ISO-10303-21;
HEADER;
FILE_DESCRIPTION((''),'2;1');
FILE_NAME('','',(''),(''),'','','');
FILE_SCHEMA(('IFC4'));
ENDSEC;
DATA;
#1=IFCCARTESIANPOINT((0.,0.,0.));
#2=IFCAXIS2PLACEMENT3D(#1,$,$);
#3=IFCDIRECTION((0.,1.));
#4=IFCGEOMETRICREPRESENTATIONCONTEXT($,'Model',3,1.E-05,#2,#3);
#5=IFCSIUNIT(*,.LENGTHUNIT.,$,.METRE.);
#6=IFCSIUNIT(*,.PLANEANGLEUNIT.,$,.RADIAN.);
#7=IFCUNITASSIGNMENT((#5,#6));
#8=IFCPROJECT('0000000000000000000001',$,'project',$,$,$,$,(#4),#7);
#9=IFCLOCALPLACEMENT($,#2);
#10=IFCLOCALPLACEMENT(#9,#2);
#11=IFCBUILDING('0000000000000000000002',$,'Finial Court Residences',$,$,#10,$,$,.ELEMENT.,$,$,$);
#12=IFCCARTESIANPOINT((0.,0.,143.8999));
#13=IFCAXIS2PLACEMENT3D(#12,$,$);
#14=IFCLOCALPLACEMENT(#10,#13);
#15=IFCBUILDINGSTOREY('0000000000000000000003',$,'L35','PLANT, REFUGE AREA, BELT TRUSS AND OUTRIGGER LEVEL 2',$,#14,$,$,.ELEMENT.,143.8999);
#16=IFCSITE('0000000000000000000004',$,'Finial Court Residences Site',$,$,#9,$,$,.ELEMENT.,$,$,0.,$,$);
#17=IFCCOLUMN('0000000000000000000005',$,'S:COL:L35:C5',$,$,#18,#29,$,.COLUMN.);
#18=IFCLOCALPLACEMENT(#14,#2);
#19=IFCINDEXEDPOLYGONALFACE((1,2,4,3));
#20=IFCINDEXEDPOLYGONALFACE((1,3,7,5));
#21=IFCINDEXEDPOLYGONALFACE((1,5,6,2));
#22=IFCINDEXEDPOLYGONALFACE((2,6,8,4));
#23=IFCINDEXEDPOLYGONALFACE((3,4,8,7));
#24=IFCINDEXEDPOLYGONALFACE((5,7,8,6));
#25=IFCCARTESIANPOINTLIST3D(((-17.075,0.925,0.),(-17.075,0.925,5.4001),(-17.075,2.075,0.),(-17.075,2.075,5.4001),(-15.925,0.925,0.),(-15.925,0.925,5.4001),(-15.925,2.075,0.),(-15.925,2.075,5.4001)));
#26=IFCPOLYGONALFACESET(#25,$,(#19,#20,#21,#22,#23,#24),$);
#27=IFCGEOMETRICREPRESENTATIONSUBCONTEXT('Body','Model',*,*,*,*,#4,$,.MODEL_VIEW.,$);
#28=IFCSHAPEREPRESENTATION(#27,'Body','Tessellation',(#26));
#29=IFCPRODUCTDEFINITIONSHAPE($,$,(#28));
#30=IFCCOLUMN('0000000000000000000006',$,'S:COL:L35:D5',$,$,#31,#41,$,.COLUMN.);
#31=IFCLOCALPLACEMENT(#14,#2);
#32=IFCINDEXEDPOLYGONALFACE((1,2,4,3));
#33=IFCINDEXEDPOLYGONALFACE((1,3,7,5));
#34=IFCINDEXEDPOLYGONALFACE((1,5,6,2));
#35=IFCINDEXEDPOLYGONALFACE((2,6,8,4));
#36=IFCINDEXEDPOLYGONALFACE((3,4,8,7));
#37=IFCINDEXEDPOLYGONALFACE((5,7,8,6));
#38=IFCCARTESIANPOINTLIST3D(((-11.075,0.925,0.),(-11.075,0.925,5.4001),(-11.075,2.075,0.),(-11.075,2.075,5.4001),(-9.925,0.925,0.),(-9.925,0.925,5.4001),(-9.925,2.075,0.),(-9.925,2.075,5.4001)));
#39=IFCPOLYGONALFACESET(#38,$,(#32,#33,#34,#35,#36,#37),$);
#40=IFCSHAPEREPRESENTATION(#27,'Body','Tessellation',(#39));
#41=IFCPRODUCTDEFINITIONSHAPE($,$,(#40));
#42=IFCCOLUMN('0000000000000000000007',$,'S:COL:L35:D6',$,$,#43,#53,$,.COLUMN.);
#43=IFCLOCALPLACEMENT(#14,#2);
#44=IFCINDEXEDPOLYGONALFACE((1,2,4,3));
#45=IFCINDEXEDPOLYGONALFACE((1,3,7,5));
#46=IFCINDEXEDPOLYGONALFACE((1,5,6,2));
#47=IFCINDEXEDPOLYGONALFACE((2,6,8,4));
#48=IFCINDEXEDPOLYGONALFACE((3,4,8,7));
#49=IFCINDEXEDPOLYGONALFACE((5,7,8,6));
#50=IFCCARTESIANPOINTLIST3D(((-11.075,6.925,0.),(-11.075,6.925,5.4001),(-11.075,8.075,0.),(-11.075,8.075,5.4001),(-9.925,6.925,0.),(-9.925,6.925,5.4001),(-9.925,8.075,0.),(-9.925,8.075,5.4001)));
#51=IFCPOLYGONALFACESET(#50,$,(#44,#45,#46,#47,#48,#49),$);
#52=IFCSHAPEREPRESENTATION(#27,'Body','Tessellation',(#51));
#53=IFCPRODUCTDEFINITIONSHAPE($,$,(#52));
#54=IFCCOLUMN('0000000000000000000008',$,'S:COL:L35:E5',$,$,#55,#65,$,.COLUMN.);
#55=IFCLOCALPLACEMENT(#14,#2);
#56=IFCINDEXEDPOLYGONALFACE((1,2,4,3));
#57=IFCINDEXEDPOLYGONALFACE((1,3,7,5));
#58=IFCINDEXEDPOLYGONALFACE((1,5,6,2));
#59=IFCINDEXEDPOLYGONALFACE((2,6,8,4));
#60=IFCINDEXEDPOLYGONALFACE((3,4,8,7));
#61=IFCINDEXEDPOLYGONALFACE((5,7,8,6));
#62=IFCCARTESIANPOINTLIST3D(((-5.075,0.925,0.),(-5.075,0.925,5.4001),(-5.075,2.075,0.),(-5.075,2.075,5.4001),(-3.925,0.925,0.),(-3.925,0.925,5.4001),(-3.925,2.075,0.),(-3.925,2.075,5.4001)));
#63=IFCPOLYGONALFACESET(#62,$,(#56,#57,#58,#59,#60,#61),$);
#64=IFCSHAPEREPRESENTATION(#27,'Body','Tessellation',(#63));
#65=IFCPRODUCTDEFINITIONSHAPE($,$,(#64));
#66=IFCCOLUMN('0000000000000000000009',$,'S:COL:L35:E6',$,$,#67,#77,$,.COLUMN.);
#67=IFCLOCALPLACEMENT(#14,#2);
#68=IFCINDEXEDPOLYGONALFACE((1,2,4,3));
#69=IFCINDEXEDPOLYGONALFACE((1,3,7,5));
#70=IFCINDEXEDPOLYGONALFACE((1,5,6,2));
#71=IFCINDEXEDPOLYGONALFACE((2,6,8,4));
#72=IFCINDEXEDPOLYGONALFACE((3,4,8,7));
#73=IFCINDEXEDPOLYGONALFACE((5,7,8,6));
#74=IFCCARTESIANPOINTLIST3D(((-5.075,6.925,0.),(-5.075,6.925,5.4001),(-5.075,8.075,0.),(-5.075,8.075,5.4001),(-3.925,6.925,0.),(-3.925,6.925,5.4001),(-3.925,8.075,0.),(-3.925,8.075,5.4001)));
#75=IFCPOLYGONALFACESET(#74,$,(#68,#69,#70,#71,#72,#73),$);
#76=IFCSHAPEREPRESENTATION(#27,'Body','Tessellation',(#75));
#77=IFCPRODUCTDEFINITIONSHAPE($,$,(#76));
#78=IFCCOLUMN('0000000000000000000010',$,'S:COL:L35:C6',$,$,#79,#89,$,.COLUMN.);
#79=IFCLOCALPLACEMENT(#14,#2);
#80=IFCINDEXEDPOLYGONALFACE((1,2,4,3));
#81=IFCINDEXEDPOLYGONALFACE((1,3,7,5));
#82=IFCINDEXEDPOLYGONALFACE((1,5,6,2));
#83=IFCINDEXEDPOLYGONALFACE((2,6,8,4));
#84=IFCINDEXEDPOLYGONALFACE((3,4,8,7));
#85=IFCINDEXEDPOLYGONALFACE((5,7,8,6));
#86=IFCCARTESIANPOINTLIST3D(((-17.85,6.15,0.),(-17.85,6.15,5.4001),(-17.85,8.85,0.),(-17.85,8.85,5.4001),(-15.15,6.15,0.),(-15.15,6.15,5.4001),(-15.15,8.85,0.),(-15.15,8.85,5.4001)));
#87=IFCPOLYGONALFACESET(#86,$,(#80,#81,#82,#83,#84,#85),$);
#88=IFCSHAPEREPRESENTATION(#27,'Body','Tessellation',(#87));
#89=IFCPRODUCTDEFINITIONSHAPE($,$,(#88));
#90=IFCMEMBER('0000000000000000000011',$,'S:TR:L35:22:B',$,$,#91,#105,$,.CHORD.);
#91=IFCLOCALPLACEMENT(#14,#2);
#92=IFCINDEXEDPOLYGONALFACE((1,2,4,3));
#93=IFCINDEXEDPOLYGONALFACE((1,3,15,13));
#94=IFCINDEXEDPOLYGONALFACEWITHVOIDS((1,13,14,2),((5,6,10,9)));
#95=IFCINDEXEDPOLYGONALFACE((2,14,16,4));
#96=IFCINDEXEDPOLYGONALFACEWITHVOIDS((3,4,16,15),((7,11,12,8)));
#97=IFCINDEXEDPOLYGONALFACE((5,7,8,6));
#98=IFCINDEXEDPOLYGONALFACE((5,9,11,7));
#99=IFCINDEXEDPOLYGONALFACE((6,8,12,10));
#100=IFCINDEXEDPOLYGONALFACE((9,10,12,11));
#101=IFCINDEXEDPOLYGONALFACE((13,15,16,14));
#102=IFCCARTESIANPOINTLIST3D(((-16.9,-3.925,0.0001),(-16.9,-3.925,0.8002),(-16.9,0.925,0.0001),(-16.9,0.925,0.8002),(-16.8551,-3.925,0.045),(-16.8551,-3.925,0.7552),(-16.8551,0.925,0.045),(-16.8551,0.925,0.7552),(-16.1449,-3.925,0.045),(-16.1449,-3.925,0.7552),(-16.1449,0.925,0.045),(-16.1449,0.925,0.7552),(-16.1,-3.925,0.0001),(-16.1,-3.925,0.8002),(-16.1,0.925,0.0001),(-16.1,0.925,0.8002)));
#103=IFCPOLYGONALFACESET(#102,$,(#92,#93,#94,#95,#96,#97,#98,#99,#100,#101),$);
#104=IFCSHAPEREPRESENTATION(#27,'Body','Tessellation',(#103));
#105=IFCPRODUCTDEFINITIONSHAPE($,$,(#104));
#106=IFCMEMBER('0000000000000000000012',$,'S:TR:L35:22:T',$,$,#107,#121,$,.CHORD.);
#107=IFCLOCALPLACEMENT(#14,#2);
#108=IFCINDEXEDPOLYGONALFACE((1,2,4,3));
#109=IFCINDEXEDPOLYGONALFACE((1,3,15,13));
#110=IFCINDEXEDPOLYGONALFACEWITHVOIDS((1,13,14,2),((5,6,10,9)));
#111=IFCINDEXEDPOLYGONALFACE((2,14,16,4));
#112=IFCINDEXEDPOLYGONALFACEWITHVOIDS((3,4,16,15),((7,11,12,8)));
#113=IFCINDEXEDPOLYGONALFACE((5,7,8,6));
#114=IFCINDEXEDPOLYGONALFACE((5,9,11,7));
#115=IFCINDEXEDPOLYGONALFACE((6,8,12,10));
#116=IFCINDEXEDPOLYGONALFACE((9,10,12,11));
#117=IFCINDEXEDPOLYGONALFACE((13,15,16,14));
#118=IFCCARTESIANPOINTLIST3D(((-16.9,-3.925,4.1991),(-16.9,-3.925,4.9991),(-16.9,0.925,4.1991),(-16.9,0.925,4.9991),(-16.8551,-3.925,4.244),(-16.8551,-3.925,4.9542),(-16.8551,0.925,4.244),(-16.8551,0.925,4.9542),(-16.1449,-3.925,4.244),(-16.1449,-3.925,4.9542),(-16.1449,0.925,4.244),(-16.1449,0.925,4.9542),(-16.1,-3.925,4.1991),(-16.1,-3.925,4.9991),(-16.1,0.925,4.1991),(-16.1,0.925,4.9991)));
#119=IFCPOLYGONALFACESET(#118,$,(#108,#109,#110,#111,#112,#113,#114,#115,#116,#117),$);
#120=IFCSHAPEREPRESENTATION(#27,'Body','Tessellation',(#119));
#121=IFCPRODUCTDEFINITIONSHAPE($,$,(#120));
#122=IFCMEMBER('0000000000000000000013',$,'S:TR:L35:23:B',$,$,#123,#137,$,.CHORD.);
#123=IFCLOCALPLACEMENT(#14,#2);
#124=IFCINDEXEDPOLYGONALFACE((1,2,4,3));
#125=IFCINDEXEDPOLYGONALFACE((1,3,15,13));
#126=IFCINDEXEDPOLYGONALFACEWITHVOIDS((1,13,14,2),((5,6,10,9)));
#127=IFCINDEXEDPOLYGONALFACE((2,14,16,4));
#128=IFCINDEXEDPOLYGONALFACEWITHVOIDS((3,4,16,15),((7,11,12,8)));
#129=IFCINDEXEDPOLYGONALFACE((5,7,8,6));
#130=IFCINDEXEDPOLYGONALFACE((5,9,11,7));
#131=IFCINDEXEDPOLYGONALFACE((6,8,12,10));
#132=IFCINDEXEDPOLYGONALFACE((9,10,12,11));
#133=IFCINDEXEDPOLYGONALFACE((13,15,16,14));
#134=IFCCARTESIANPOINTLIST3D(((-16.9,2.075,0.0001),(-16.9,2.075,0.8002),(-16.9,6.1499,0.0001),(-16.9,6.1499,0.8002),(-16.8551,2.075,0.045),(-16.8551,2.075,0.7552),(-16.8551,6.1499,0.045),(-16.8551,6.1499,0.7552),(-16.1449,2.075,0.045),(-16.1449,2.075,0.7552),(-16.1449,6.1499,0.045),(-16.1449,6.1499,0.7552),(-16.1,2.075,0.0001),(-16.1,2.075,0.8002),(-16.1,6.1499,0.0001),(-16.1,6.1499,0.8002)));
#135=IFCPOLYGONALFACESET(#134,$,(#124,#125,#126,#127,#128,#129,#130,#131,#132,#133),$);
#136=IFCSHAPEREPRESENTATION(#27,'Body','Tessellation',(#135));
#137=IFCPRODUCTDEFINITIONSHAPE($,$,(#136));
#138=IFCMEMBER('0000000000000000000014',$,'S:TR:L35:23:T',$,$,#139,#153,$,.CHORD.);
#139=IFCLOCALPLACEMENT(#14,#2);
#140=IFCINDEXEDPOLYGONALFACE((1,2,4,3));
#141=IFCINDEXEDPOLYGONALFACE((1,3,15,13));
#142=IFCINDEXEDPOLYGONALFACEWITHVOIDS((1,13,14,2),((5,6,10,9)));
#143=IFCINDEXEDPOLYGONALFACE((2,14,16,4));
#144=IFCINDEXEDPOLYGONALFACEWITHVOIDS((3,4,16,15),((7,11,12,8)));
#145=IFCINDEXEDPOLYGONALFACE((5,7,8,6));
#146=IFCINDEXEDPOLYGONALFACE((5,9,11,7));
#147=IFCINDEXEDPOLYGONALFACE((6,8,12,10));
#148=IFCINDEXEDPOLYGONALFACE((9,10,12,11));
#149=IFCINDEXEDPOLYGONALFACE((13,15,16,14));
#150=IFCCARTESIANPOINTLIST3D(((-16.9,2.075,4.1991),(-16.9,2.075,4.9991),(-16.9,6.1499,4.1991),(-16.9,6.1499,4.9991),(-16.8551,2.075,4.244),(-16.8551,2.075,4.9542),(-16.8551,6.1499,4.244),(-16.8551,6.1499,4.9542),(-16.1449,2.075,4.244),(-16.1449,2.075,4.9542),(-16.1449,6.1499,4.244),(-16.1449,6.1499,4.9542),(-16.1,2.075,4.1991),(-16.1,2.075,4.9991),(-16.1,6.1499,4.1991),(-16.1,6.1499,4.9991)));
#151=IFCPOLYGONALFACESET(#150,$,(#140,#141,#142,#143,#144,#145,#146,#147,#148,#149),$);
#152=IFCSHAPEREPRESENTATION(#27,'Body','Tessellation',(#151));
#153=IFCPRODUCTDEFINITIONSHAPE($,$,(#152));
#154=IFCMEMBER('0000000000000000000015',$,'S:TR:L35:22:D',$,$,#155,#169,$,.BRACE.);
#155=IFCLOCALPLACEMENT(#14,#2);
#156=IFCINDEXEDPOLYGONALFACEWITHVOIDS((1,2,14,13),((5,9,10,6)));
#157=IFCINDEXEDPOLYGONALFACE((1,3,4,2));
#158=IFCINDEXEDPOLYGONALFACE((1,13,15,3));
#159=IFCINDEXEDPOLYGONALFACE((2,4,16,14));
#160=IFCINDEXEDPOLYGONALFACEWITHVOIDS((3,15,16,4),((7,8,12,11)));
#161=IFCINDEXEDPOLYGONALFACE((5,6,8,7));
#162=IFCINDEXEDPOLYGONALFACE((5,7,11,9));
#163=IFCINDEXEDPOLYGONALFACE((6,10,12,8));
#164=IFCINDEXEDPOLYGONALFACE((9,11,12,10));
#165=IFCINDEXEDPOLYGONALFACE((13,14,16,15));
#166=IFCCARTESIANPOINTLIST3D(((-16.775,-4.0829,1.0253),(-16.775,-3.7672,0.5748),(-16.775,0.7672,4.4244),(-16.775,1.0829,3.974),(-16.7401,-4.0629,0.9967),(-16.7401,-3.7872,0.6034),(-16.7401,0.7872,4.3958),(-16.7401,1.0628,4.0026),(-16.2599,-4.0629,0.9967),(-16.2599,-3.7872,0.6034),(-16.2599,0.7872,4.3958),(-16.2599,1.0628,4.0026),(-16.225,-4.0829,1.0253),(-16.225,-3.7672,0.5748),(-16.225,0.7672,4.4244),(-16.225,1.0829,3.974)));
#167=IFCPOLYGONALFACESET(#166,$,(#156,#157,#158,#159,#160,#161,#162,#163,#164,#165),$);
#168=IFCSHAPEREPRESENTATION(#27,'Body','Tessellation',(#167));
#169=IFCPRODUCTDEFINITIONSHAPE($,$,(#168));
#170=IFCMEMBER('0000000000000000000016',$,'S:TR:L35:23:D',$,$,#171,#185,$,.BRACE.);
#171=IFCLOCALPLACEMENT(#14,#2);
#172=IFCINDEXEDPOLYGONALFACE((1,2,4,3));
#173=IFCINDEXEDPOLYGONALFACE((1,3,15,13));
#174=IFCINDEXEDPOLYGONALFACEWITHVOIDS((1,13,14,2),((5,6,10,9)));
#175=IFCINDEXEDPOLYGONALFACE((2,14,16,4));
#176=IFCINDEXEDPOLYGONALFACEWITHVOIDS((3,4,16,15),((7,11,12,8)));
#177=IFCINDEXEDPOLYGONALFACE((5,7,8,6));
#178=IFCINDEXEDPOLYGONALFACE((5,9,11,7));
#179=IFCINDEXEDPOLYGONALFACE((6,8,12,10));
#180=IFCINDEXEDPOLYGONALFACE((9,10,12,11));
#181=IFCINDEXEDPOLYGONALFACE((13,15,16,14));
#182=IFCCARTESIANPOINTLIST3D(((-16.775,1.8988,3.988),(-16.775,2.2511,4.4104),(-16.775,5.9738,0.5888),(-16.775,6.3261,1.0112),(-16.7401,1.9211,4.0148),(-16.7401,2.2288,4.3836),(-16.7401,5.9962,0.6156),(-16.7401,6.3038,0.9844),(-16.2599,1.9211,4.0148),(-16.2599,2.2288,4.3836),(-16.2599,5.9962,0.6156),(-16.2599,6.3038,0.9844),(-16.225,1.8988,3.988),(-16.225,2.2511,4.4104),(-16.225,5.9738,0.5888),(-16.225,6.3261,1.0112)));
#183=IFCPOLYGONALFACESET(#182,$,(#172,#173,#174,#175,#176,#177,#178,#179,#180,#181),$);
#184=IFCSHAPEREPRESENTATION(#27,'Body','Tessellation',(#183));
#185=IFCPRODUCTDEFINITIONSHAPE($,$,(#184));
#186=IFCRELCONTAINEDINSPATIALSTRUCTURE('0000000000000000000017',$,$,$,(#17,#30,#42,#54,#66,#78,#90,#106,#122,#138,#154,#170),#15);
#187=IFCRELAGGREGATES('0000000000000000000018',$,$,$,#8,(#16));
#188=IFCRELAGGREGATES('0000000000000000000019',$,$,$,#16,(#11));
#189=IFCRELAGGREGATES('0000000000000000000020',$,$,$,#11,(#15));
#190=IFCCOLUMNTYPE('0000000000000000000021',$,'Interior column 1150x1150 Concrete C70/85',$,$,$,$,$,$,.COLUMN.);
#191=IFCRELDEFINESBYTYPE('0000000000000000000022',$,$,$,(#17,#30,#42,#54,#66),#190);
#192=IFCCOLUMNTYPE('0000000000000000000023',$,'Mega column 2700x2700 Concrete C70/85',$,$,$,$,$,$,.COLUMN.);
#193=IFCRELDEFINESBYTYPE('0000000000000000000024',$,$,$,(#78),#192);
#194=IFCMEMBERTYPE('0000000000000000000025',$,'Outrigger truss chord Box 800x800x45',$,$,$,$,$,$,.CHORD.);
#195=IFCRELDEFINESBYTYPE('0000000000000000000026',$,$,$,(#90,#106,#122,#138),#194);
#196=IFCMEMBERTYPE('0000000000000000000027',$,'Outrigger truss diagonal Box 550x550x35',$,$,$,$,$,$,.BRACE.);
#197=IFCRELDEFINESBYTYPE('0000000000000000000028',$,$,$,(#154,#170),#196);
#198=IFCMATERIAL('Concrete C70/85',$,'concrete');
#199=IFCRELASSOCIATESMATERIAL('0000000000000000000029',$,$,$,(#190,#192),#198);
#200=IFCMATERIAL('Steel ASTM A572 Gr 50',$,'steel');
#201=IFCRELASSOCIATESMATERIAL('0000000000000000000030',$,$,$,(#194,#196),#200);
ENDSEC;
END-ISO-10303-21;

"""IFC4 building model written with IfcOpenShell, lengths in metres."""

from ifc_helpers import new_model, si_unit, direction, frame, origin, origin_2d, place, context, subcontext, project, spatial, rectangle, hollow_rectangle, extrude, material, material_profile, profile_set, type_object, element, save


model = new_model("IFC4")

# Units and contexts
model_context = context("Model", 3, precision=1e-05, world=origin(), true_north=direction((0.0, 1.0)))
body_context = subcontext(model_context, "Body", "Model", "MODEL_VIEW")
ifc_project = project(units=[si_unit("LENGTHUNIT", "METRE"), si_unit("PLANEANGLEUNIT", "RADIAN")], contexts=[model_context])

# Site, building, storey
site_placement = place(None, origin())
site = spatial("IfcSite", under=ifc_project, at=site_placement, Name="Finial Court Residences Site", CompositionType="ELEMENT", RefElevation=0.0)
building_placement = place(site_placement, origin())
building = spatial("IfcBuilding", under=site, at=building_placement, Name="Finial Court Residences", CompositionType="ELEMENT")
storey_placement = place(building_placement, frame((0.0, 0.0, 143.8999)))
storey = spatial("IfcBuildingStorey", under=building, at=storey_placement, Name="L35", Description="PLANT, REFUGE AREA, BELT TRUSS AND OUTRIGGER LEVEL 2", CompositionType="ELEMENT", Elevation=143.8999)

# Columns
ifc_material_1 = material(Name="Concrete C70/85", Category="concrete")
ifc_material_profile_1 = material_profile(ifc_material_1, rectangle(XDim=1.1499, YDim=1.1499, at=origin_2d()), Name="1150x1150")
ifc_profile_set_1 = profile_set([ifc_material_profile_1], Name="Concrete C70/85")
column_type_1 = type_object("IfcColumnType", Name="Interior column 1150x1150 Concrete C70/85", PredefinedType="COLUMN", material=ifc_profile_set_1)
for number, where, z_axis, x_axis, name in (
    (1, (-16.5, 1.5, 0.0), (0.0, 0.0, 1.0), (1.0, 0.0, 0.0), "S:COL:L35:C5"),
    (2, (-10.5, 1.5, 0.0), (0.0, 0.0, 1.0), (1.0, 0.0, 0.0), "S:COL:L35:D5"),
    (3, (-10.5, 7.5, 0.0), (0.0, 0.0, 1.0), (1.0, 0.0, 0.0), "S:COL:L35:D6"),
    (4, (-4.5, 1.5, 0.0), (0.0, 0.0, 1.0), (1.0, 0.0, 0.0), "S:COL:L35:E5"),
    (5, (-4.5, 7.5, 0.0), (0.0, 0.0, 1.0), (1.0, 0.0, 0.0), "S:COL:L35:E6"),
):
    element("IfcColumn", number, at=place(storey_placement, frame(where, z_axis=z_axis, x_axis=x_axis)), inside=storey, type_object=column_type_1, Name=name, PredefinedType="COLUMN", context=body_context, shape_type="SweptSolid", body=[
        extrude(rectangle(XDim=1.1499, YDim=1.1499, at=origin_2d()), origin(), (0.0, 0.0, 1.0), 5.4001),
    ])
ifc_material_profile_2 = material_profile(ifc_material_1, rectangle(XDim=2.7, YDim=2.7, at=origin_2d()), Name="2700x2700")
ifc_profile_set_2 = profile_set([ifc_material_profile_2], Name="Concrete C70/85")
column_type_2 = type_object("IfcColumnType", Name="Mega column 2700x2700 Concrete C70/85", PredefinedType="COLUMN", material=ifc_profile_set_2)
column_placement = place(storey_placement, frame((-16.5, 7.5, 0.0), z_axis=(0.0, 0.0, 1.0), x_axis=(1.0, 0.0, 0.0)))
element("IfcColumn", 6, at=column_placement, inside=storey, type_object=column_type_2, Name="S:COL:L35:C6", PredefinedType="COLUMN", context=body_context, shape_type="SweptSolid", body=[
    extrude(rectangle(XDim=2.7, YDim=2.7, at=origin_2d()), origin(), (0.0, 0.0, 1.0), 5.4001),
])

# Members
ifc_material_2 = material(Name="Steel ASTM A572 Gr 50", Category="steel")
ifc_material_profile_3 = material_profile(ifc_material_2, hollow_rectangle(XDim=0.8, YDim=0.8, WallThickness=0.0449, at=origin_2d()), Name="Box 800x800x45")
ifc_profile_set_3 = profile_set([ifc_material_profile_3], Name="Steel ASTM A572 Gr 50")
member_type_1 = type_object("IfcMemberType", Name="Outrigger truss chord Box 800x800x45", PredefinedType="CHORD", material=ifc_profile_set_3)
for number, where, z_axis, x_axis, name in (
    (7, (-16.5, -3.925, 0.4001), (0.0, 1.0, 0.0), (-1.0, 0.0, 0.0), "S:TR:L35:22:B"),
    (8, (-16.5, -3.925, 4.5991), (0.0, 1.0, 0.0), (-1.0, 0.0, 0.0), "S:TR:L35:22:T"),
):
    element("IfcMember", number, at=place(storey_placement, frame(where, z_axis=z_axis, x_axis=x_axis)), inside=storey, type_object=member_type_1, Name=name, PredefinedType="CHORD", context=body_context, shape_type="SweptSolid", body=[
        extrude(hollow_rectangle(XDim=0.8, YDim=0.8, WallThickness=0.0449, at=origin_2d()), origin(), (0.0, 0.0, 1.0), 4.8501),
    ])
for number, where, z_axis, x_axis, name in (
    (9, (-16.5, 2.075, 0.4001), (0.0, 1.0, 0.0), (-1.0, 0.0, 0.0), "S:TR:L35:23:B"),
    (10, (-16.5, 2.075, 4.5991), (0.0, 1.0, 0.0), (-1.0, 0.0, 0.0), "S:TR:L35:23:T"),
):
    element("IfcMember", number, at=place(storey_placement, frame(where, z_axis=z_axis, x_axis=x_axis)), inside=storey, type_object=member_type_1, Name=name, PredefinedType="CHORD", context=body_context, shape_type="SweptSolid", body=[
        extrude(hollow_rectangle(XDim=0.8, YDim=0.8, WallThickness=0.0449, at=origin_2d()), origin(), (0.0, 0.0, 1.0), 4.075),
    ])
ifc_material_profile_4 = material_profile(ifc_material_2, hollow_rectangle(XDim=0.55, YDim=0.55, WallThickness=0.0349, at=origin_2d()), Name="Box 550x550x35")
ifc_profile_set_4 = profile_set([ifc_material_profile_4], Name="Steel ASTM A572 Gr 50")
member_type_2 = type_object("IfcMemberType", Name="Outrigger truss diagonal Box 550x550x35", PredefinedType="BRACE", material=ifc_profile_set_4)
member_1_placement = place(storey_placement, frame((-16.5, -3.925, 0.8), z_axis=(0.0, 0.818906, 0.573927), x_axis=(-1.0, 0.0, 0.0)))
element("IfcMember", 11, at=member_1_placement, inside=storey, type_object=member_type_2, Name="S:TR:L35:22:D", PredefinedType="BRACE", context=body_context, shape_type="SweptSolid", body=[
    extrude(hollow_rectangle(XDim=0.55, YDim=0.55, WallThickness=0.0349, at=origin_2d()), origin(), (0.0, 0.0, 1.0), 5.9226),
])
member_2_placement = place(storey_placement, frame((-16.5, 2.075, 4.1992), z_axis=(0.0, 0.767908, -0.64056), x_axis=(-1.0, 0.0, 0.0)))
element("IfcMember", 12, at=member_2_placement, inside=storey, type_object=member_type_2, Name="S:TR:L35:23:D", PredefinedType="BRACE", context=body_context, shape_type="SweptSolid", body=[
    extrude(hollow_rectangle(XDim=0.55, YDim=0.55, WallThickness=0.0349, at=origin_2d()), origin(), (0.0, 0.0, 1.0), 5.3066),
])

save(model, "model.ifc")
